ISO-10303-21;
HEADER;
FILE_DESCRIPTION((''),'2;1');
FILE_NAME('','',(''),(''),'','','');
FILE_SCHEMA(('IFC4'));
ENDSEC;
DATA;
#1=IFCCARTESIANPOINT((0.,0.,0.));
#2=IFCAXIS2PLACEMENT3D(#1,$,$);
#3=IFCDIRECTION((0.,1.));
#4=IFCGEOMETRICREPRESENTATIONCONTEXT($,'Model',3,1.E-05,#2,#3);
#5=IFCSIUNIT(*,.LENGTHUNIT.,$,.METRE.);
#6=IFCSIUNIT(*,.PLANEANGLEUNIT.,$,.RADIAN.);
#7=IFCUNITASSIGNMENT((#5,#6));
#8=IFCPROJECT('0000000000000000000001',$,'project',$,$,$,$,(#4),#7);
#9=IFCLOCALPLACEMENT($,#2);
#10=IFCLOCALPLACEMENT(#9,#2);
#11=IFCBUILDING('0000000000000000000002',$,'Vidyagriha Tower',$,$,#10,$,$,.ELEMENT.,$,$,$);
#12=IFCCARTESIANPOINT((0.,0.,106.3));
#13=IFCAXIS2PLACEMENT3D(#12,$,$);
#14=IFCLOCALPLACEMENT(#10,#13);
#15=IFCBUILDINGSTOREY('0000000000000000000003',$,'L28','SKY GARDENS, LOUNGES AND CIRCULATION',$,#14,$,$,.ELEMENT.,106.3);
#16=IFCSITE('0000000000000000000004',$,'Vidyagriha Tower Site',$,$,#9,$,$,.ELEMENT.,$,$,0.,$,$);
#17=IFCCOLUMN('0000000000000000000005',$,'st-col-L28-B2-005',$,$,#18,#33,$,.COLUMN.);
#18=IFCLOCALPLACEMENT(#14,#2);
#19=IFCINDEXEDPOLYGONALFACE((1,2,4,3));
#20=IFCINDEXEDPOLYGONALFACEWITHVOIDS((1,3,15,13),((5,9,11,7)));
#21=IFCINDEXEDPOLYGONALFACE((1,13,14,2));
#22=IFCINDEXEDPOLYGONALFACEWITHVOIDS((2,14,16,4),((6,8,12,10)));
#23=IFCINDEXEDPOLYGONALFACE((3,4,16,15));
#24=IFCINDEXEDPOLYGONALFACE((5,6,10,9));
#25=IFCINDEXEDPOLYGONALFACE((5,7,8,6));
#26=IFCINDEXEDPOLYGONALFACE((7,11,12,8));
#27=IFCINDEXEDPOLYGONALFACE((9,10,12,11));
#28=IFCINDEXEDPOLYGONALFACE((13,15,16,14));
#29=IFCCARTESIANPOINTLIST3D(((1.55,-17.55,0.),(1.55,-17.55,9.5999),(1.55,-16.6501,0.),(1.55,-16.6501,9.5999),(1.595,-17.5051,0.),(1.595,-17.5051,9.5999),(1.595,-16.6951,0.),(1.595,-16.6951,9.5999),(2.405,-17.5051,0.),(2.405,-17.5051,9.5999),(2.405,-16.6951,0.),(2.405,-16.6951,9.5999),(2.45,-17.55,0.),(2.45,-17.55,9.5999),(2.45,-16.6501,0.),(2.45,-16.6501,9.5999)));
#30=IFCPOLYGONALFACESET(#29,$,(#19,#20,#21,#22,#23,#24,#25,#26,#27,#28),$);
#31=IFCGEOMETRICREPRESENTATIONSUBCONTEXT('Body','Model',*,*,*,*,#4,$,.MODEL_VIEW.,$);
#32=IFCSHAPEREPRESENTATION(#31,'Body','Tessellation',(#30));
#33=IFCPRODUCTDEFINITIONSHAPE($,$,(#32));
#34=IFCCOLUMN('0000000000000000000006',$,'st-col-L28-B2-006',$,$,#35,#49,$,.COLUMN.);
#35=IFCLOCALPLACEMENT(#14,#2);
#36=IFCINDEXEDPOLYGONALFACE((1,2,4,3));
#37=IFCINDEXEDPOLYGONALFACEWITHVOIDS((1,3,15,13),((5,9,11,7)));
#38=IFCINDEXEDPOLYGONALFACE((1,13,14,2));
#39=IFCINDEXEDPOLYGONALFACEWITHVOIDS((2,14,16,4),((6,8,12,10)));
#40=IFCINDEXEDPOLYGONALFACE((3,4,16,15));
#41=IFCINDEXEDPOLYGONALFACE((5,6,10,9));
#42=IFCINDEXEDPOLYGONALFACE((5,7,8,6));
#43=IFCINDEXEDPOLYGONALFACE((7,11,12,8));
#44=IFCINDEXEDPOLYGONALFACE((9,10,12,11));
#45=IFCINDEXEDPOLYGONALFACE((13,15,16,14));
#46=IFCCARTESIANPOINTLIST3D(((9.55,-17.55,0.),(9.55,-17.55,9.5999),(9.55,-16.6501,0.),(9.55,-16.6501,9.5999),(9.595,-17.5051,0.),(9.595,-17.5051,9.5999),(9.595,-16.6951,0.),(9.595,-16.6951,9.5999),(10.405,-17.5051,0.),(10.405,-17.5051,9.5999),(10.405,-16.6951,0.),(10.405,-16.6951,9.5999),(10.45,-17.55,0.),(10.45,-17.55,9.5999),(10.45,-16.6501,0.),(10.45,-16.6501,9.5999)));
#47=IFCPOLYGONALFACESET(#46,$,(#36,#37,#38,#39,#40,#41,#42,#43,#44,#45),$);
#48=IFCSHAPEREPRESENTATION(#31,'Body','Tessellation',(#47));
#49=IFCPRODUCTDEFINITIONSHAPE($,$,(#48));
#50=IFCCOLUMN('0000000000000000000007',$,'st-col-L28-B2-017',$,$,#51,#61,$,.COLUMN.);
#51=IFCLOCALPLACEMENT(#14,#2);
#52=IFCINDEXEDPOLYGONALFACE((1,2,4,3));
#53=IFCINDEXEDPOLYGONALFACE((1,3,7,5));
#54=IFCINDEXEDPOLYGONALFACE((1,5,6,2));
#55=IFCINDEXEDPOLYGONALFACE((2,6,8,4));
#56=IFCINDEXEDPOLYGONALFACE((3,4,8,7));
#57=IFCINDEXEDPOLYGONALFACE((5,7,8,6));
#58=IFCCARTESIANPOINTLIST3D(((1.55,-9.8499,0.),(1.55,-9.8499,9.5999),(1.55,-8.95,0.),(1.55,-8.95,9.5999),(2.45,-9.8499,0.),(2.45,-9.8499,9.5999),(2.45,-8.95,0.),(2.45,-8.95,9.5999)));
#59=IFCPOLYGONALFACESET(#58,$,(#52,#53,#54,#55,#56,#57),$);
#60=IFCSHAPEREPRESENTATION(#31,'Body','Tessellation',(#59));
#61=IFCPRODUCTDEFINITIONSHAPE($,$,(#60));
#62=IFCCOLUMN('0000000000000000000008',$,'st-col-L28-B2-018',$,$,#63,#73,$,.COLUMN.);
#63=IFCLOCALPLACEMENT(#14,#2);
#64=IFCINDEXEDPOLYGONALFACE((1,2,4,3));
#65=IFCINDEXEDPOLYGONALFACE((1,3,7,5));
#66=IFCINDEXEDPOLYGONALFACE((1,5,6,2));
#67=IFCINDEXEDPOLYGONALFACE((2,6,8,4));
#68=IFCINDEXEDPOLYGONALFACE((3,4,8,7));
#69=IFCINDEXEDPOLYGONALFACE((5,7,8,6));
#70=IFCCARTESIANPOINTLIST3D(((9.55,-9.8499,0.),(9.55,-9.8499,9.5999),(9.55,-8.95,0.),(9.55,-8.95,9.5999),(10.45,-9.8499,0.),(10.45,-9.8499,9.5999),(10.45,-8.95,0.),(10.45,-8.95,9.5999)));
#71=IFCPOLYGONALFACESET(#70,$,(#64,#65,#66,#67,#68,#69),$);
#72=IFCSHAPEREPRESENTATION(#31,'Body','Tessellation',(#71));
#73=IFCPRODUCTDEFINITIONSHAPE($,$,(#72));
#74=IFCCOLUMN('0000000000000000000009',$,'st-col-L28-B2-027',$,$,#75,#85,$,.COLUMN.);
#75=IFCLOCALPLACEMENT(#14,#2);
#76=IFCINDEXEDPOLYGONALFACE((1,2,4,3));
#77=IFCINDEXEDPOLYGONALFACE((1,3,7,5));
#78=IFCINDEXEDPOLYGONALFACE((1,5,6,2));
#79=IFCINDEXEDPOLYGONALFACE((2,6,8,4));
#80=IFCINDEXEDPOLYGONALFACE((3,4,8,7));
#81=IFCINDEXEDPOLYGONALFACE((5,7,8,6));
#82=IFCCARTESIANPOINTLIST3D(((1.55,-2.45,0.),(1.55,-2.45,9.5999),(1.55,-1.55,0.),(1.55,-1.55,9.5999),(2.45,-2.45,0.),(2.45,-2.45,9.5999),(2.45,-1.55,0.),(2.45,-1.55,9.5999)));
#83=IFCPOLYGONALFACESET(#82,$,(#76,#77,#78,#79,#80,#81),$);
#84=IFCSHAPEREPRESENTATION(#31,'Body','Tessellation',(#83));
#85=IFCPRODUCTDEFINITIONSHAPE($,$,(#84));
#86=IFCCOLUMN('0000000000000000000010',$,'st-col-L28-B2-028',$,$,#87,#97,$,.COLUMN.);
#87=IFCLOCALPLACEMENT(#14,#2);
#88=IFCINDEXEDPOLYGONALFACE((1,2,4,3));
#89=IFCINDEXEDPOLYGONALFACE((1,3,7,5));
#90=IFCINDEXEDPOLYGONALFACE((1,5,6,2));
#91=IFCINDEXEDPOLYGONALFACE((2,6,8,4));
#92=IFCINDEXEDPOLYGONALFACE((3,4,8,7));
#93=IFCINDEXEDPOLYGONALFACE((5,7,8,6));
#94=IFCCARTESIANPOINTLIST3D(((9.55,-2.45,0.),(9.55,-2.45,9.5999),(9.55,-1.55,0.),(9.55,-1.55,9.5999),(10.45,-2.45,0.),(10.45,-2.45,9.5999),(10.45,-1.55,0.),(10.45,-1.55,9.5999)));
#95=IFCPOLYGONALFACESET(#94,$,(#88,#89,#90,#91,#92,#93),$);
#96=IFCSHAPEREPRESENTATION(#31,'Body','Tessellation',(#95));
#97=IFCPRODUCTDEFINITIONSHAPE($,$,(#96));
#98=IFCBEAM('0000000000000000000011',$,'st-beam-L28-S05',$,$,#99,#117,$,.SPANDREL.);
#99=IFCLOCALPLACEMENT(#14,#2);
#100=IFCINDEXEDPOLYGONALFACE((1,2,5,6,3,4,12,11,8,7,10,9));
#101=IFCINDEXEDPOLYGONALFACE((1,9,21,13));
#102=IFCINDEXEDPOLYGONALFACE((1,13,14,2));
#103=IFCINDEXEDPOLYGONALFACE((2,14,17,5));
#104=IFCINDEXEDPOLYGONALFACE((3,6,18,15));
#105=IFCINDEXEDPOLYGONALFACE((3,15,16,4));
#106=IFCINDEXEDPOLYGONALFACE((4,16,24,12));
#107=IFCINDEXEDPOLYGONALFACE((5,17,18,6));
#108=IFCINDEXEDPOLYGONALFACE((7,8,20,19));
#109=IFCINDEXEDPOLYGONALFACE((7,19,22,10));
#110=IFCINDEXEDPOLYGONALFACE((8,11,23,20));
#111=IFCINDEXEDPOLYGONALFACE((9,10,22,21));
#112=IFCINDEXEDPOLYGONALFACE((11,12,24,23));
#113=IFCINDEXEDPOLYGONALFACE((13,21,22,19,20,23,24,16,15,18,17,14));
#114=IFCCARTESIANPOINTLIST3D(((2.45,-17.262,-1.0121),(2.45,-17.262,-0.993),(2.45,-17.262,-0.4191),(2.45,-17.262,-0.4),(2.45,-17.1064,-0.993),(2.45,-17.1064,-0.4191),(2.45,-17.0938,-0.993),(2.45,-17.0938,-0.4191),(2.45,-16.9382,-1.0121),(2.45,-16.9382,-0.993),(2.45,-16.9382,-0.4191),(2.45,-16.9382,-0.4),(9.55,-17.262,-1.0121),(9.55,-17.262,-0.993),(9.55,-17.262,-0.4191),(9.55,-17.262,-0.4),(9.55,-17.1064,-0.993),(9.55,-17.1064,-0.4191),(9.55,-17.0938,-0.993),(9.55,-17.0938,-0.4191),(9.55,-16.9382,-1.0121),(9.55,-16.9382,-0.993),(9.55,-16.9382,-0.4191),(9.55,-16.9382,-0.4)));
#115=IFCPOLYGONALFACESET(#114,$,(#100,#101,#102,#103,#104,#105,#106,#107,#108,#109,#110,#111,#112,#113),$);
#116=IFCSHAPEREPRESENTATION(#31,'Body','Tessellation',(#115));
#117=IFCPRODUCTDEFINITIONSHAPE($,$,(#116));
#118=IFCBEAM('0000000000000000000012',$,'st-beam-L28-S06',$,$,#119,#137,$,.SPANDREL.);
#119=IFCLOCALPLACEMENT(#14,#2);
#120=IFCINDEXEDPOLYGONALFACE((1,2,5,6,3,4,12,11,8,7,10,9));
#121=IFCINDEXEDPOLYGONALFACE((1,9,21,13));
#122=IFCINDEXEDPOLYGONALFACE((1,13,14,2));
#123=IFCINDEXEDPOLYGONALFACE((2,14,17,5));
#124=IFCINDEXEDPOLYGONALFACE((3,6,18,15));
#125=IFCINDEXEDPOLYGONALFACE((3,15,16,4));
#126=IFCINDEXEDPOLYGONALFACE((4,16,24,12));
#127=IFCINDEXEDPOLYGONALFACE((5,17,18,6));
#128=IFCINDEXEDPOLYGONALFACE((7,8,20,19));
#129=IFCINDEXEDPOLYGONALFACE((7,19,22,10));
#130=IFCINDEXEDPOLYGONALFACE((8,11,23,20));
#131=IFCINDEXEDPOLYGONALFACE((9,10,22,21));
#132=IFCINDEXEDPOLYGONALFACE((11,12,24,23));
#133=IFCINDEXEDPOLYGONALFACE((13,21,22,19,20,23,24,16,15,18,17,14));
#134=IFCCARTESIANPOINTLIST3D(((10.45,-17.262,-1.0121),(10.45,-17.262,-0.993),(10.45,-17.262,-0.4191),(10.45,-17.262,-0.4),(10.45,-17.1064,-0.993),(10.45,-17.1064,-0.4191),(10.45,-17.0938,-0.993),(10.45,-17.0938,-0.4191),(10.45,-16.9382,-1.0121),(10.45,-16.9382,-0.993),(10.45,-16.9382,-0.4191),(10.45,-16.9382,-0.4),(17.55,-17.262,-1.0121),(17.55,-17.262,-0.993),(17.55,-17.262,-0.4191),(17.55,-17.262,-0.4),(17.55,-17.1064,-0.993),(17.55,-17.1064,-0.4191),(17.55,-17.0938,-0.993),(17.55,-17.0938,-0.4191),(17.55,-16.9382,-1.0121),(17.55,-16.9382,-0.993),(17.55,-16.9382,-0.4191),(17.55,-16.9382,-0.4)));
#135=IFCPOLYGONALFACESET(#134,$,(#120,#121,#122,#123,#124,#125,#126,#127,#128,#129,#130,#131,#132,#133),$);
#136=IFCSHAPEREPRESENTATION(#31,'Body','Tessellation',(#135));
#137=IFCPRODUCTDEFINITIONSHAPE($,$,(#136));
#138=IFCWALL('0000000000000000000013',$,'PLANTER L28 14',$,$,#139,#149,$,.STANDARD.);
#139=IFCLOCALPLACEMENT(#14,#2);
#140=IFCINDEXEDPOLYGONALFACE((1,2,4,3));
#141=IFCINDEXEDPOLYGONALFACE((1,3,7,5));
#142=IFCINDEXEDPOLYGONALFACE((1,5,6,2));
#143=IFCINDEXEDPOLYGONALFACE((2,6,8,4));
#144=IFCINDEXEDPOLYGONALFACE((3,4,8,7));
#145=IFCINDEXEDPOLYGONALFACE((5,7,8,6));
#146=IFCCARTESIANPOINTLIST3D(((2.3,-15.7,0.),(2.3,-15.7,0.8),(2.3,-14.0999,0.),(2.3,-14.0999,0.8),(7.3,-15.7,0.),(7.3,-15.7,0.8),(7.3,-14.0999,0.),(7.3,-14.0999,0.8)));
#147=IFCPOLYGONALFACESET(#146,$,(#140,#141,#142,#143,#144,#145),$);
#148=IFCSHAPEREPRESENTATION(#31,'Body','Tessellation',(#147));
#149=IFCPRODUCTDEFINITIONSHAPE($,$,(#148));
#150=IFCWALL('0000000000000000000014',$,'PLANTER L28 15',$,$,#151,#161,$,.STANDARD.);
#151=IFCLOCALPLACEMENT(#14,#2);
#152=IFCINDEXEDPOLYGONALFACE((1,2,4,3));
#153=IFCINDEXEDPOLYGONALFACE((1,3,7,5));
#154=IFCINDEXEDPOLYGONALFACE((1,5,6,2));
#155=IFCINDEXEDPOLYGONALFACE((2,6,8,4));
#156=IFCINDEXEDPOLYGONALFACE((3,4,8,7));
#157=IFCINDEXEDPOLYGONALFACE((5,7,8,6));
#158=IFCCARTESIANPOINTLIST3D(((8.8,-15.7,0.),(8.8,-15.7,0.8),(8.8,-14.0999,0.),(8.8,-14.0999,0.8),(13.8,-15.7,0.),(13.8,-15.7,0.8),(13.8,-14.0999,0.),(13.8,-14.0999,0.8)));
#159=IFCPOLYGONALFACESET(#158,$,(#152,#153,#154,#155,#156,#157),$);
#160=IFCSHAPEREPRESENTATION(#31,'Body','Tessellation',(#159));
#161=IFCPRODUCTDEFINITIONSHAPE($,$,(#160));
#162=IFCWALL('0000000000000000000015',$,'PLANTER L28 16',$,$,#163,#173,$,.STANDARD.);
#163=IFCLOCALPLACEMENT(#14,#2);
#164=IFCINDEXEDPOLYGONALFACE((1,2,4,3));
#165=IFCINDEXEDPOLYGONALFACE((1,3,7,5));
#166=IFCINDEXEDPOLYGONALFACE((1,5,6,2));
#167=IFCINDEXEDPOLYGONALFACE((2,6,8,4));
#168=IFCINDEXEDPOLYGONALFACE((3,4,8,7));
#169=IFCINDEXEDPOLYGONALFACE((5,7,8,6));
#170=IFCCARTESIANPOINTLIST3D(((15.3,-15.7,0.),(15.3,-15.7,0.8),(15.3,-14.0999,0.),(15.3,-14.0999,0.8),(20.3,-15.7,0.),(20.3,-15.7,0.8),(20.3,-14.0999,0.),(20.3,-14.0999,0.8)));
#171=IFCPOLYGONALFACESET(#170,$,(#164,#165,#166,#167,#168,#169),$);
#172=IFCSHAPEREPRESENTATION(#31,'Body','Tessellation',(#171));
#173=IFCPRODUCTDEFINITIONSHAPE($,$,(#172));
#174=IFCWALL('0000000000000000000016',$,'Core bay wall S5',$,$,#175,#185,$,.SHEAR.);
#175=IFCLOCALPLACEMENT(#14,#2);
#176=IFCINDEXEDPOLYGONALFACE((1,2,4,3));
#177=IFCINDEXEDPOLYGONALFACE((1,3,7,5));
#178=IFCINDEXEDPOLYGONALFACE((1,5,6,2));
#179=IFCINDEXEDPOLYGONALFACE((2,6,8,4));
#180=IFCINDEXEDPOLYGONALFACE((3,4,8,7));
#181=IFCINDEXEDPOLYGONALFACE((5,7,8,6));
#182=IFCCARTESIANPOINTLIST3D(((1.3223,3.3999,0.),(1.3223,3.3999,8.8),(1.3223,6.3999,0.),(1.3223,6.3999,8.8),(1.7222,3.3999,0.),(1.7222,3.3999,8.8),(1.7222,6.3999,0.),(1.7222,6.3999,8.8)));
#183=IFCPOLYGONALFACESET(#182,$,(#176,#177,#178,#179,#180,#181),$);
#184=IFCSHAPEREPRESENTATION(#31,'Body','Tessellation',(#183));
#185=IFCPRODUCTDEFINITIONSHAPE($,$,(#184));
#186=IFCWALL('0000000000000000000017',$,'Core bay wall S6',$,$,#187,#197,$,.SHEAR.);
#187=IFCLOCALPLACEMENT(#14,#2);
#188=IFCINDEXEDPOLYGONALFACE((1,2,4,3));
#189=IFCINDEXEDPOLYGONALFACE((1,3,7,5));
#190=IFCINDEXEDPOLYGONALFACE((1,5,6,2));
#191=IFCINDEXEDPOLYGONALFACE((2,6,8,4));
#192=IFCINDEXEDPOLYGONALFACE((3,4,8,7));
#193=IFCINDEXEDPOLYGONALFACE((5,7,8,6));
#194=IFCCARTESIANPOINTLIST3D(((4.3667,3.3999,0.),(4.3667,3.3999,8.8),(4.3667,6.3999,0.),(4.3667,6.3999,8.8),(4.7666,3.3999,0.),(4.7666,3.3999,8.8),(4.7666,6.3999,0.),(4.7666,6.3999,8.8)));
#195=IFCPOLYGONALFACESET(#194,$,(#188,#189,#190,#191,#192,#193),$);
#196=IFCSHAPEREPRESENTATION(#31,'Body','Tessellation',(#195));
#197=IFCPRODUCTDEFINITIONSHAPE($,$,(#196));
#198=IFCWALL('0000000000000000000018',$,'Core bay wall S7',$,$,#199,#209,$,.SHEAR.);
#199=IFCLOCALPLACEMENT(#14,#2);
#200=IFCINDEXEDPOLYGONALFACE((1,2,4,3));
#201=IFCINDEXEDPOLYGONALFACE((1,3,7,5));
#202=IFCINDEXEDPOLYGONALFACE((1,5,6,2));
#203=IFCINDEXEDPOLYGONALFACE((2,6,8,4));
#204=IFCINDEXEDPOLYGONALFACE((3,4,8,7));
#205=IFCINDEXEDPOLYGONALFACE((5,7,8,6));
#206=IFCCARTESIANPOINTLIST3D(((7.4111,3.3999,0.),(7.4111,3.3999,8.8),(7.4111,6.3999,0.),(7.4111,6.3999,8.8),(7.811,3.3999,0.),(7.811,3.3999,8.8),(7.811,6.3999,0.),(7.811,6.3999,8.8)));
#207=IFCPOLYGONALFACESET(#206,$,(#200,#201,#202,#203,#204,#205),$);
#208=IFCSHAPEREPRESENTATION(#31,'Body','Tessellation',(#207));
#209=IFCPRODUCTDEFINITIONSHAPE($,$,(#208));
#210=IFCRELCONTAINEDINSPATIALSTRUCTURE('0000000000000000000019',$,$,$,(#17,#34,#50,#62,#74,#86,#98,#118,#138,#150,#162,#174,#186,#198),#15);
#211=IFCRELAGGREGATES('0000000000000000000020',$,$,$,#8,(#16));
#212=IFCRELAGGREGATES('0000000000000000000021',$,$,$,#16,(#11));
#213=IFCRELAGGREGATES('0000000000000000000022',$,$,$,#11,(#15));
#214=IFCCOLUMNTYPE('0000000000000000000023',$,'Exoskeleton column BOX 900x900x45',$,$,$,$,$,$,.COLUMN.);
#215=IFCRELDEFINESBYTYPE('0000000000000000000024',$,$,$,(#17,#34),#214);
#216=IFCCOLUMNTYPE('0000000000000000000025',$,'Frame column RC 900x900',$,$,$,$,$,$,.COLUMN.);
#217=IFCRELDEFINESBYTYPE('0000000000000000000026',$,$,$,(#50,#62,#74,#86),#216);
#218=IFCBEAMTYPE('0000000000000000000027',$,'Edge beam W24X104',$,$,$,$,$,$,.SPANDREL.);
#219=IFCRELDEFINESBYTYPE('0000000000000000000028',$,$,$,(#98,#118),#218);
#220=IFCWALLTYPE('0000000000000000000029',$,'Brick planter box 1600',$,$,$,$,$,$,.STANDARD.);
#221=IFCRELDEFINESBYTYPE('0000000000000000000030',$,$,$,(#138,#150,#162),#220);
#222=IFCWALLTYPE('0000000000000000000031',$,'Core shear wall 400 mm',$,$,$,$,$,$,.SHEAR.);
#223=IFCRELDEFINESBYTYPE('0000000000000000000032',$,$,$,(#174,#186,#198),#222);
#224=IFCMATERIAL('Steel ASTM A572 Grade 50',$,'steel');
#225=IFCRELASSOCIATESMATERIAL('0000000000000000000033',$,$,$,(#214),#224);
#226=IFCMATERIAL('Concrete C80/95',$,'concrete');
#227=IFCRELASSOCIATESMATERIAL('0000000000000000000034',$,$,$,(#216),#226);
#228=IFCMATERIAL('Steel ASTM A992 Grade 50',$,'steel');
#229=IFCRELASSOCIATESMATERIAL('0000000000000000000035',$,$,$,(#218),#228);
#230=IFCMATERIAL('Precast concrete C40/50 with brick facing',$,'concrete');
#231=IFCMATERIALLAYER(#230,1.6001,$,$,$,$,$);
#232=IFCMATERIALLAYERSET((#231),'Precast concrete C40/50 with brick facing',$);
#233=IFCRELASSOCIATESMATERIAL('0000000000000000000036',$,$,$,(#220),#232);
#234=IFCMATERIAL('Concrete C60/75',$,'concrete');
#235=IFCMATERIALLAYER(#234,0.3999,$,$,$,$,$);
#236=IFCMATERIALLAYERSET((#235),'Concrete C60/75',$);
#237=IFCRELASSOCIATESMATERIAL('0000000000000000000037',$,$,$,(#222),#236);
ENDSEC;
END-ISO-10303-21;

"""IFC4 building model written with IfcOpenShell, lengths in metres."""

from ifc_helpers import new_model, si_unit, direction, frame, frame_2d, origin, origin_2d, place, context, subcontext, project, spatial, rectangle, hollow_rectangle, i_section, extrude, material, layer, layer_set, material_profile, profile_set, type_object, element, save


model = new_model("IFC4")

# Units and contexts
model_context = context("Model", 3, precision=1e-05, world=origin(), true_north=direction((0.0, 1.0)))
body_context = subcontext(model_context, "Body", "Model", "MODEL_VIEW")
ifc_project = project(units=[si_unit("LENGTHUNIT", "METRE"), si_unit("PLANEANGLEUNIT", "RADIAN")], contexts=[model_context])

# Site, building, storey
site_placement = place(None, origin())
site = spatial("IfcSite", under=ifc_project, at=site_placement, Name="Vidyagriha Tower Site", CompositionType="ELEMENT", RefElevation=0.0)
building_placement = place(site_placement, origin())
building = spatial("IfcBuilding", under=site, at=building_placement, Name="Vidyagriha Tower", CompositionType="ELEMENT")
storey_placement = place(building_placement, frame((0.0, 0.0, 106.3)))
storey = spatial("IfcBuildingStorey", under=building, at=storey_placement, Name="L28", Description="SKY GARDENS, LOUNGES AND CIRCULATION", CompositionType="ELEMENT", Elevation=106.3)

# Columns
ifc_material_1 = material(Name="Steel ASTM A572 Grade 50", Category="steel")
ifc_material_profile_1 = material_profile(ifc_material_1, hollow_rectangle(XDim=0.8999, YDim=0.8999, WallThickness=0.0449, at=origin_2d()), Name="BOX 900x900x45")
ifc_profile_set_1 = profile_set([ifc_material_profile_1], Name="Steel ASTM A572 Grade 50")
column_type_1 = type_object("IfcColumnType", Name="Exoskeleton column BOX 900x900x45", PredefinedType="COLUMN", material=ifc_profile_set_1)
for number, where, name in (
    (1, (2.0, -17.1001, 0.0), "st-col-L28-B2-005"),
    (2, (10.0, -17.1001, 0.0), "st-col-L28-B2-006"),
):
    element("IfcColumn", number, at=place(storey_placement, frame(where)), inside=storey, type_object=column_type_1, Name=name, PredefinedType="COLUMN", context=body_context, shape_type="SweptSolid", body=[
        extrude(hollow_rectangle(XDim=0.8999, YDim=0.8999, WallThickness=0.0449, at=origin_2d()), origin(), (0.0, 0.0, 1.0), 9.5999),
    ])
ifc_material_2 = material(Name="Concrete C80/95", Category="concrete")
ifc_material_profile_2 = material_profile(ifc_material_2, rectangle(XDim=0.8999, YDim=0.8999, at=origin_2d()), Name="RC 900x900")
ifc_profile_set_2 = profile_set([ifc_material_profile_2], Name="Concrete C80/95")
column_type_2 = type_object("IfcColumnType", Name="Frame column RC 900x900", PredefinedType="COLUMN", material=ifc_profile_set_2)
for number, where, name in (
    (3, (2.0, -9.3999, 0.0), "st-col-L28-B2-017"),
    (4, (10.0, -9.3999, 0.0), "st-col-L28-B2-018"),
    (5, (2.0, -2.0, 0.0), "st-col-L28-B2-027"),
    (6, (10.0, -2.0, 0.0), "st-col-L28-B2-028"),
):
    element("IfcColumn", number, at=place(storey_placement, frame(where)), inside=storey, type_object=column_type_2, Name=name, PredefinedType="COLUMN", context=body_context, shape_type="SweptSolid", body=[
        extrude(rectangle(XDim=0.8999, YDim=0.8999, at=origin_2d()), origin(), (0.0, 0.0, 1.0), 9.5999),
    ])

# Beams
ifc_material_3 = material(Name="Steel ASTM A992 Grade 50", Category="steel")
ifc_material_profile_3 = material_profile(ifc_material_3, i_section(OverallWidth=0.3237, OverallDepth=0.6121, WebThickness=0.0127, FlangeThickness=0.019, at=origin_2d()), Name="W24X104")
ifc_profile_set_3 = profile_set([ifc_material_profile_3], Name="Steel ASTM A992 Grade 50")
beam_type = type_object("IfcBeamType", Name="Edge beam W24X104", PredefinedType="SPANDREL", material=ifc_profile_set_3)
for number, where, z_axis, x_axis, name in (
    (7, (2.45, -17.1001, -0.7061), (1.0, 0.0, 0.0), (0.0, 1.0, 0.0), "st-beam-L28-S05"),
    (8, (10.45, -17.1001, -0.7061), (1.0, 0.0, 0.0), (0.0, 1.0, 0.0), "st-beam-L28-S06"),
):
    element("IfcBeam", number, at=place(storey_placement, frame(where, z_axis=z_axis, x_axis=x_axis)), inside=storey, type_object=beam_type, Name=name, PredefinedType="SPANDREL", context=body_context, shape_type="SweptSolid", body=[
        extrude(i_section(OverallWidth=0.3237, OverallDepth=0.6121, WebThickness=0.0127, FlangeThickness=0.019, at=origin_2d()), origin(), (0.0, 0.0, 1.0), 7.1001),
    ])

# Walls
ifc_material_4 = material(Name="Precast concrete C40/50 with brick facing", Category="concrete")
ifc_layer_1 = layer(ifc_material_4, 1.6001)
ifc_layer_set_1 = layer_set([ifc_layer_1], Name="Precast concrete C40/50 with brick facing")
wall_type_1 = type_object("IfcWallType", Name="Brick planter box 1600", PredefinedType="STANDARD", material=ifc_layer_set_1)
for number, where, name in (
    (9, (2.3, -14.8999, 0.0), "PLANTER L28 14"),
    (10, (8.8, -14.8999, 0.0), "PLANTER L28 15"),
    (11, (15.3, -14.8999, 0.0), "PLANTER L28 16"),
):
    element("IfcWall", number, at=place(storey_placement, frame(where)), inside=storey, type_object=wall_type_1, Name=name, PredefinedType="STANDARD", context=body_context, shape_type="SweptSolid", body=[
        extrude(rectangle(XDim=5.0, YDim=1.6001, at=frame_2d((2.5, 0.0))), origin(), (0.0, 0.0, 1.0), 0.8),
    ])
ifc_material_5 = material(Name="Concrete C60/75", Category="concrete")
ifc_layer_2 = layer(ifc_material_5, 0.3999)
ifc_layer_set_2 = layer_set([ifc_layer_2], Name="Concrete C60/75")
wall_type_2 = type_object("IfcWallType", Name="Core shear wall 400 mm", PredefinedType="SHEAR", material=ifc_layer_set_2)
for number, where, z_axis, x_axis, name in (
    (12, (1.5222, 3.3999, 0.0), (0.0, 0.0, 1.0), (0.0, 1.0, 0.0), "Core bay wall S5"),
    (13, (4.5667, 3.3999, 0.0), (0.0, 0.0, 1.0), (0.0, 1.0, 0.0), "Core bay wall S6"),
    (14, (7.6111, 3.3999, 0.0), (0.0, 0.0, 1.0), (0.0, 1.0, 0.0), "Core bay wall S7"),
):
    element("IfcWall", number, at=place(storey_placement, frame(where, z_axis=z_axis, x_axis=x_axis)), inside=storey, type_object=wall_type_2, Name=name, PredefinedType="SHEAR", context=body_context, shape_type="SweptSolid", body=[
        extrude(rectangle(XDim=3.0, YDim=0.3999, at=frame_2d((1.5, 0.0))), origin(), (0.0, 0.0, 1.0), 8.8),
    ])

save(model, "model.ifc")
